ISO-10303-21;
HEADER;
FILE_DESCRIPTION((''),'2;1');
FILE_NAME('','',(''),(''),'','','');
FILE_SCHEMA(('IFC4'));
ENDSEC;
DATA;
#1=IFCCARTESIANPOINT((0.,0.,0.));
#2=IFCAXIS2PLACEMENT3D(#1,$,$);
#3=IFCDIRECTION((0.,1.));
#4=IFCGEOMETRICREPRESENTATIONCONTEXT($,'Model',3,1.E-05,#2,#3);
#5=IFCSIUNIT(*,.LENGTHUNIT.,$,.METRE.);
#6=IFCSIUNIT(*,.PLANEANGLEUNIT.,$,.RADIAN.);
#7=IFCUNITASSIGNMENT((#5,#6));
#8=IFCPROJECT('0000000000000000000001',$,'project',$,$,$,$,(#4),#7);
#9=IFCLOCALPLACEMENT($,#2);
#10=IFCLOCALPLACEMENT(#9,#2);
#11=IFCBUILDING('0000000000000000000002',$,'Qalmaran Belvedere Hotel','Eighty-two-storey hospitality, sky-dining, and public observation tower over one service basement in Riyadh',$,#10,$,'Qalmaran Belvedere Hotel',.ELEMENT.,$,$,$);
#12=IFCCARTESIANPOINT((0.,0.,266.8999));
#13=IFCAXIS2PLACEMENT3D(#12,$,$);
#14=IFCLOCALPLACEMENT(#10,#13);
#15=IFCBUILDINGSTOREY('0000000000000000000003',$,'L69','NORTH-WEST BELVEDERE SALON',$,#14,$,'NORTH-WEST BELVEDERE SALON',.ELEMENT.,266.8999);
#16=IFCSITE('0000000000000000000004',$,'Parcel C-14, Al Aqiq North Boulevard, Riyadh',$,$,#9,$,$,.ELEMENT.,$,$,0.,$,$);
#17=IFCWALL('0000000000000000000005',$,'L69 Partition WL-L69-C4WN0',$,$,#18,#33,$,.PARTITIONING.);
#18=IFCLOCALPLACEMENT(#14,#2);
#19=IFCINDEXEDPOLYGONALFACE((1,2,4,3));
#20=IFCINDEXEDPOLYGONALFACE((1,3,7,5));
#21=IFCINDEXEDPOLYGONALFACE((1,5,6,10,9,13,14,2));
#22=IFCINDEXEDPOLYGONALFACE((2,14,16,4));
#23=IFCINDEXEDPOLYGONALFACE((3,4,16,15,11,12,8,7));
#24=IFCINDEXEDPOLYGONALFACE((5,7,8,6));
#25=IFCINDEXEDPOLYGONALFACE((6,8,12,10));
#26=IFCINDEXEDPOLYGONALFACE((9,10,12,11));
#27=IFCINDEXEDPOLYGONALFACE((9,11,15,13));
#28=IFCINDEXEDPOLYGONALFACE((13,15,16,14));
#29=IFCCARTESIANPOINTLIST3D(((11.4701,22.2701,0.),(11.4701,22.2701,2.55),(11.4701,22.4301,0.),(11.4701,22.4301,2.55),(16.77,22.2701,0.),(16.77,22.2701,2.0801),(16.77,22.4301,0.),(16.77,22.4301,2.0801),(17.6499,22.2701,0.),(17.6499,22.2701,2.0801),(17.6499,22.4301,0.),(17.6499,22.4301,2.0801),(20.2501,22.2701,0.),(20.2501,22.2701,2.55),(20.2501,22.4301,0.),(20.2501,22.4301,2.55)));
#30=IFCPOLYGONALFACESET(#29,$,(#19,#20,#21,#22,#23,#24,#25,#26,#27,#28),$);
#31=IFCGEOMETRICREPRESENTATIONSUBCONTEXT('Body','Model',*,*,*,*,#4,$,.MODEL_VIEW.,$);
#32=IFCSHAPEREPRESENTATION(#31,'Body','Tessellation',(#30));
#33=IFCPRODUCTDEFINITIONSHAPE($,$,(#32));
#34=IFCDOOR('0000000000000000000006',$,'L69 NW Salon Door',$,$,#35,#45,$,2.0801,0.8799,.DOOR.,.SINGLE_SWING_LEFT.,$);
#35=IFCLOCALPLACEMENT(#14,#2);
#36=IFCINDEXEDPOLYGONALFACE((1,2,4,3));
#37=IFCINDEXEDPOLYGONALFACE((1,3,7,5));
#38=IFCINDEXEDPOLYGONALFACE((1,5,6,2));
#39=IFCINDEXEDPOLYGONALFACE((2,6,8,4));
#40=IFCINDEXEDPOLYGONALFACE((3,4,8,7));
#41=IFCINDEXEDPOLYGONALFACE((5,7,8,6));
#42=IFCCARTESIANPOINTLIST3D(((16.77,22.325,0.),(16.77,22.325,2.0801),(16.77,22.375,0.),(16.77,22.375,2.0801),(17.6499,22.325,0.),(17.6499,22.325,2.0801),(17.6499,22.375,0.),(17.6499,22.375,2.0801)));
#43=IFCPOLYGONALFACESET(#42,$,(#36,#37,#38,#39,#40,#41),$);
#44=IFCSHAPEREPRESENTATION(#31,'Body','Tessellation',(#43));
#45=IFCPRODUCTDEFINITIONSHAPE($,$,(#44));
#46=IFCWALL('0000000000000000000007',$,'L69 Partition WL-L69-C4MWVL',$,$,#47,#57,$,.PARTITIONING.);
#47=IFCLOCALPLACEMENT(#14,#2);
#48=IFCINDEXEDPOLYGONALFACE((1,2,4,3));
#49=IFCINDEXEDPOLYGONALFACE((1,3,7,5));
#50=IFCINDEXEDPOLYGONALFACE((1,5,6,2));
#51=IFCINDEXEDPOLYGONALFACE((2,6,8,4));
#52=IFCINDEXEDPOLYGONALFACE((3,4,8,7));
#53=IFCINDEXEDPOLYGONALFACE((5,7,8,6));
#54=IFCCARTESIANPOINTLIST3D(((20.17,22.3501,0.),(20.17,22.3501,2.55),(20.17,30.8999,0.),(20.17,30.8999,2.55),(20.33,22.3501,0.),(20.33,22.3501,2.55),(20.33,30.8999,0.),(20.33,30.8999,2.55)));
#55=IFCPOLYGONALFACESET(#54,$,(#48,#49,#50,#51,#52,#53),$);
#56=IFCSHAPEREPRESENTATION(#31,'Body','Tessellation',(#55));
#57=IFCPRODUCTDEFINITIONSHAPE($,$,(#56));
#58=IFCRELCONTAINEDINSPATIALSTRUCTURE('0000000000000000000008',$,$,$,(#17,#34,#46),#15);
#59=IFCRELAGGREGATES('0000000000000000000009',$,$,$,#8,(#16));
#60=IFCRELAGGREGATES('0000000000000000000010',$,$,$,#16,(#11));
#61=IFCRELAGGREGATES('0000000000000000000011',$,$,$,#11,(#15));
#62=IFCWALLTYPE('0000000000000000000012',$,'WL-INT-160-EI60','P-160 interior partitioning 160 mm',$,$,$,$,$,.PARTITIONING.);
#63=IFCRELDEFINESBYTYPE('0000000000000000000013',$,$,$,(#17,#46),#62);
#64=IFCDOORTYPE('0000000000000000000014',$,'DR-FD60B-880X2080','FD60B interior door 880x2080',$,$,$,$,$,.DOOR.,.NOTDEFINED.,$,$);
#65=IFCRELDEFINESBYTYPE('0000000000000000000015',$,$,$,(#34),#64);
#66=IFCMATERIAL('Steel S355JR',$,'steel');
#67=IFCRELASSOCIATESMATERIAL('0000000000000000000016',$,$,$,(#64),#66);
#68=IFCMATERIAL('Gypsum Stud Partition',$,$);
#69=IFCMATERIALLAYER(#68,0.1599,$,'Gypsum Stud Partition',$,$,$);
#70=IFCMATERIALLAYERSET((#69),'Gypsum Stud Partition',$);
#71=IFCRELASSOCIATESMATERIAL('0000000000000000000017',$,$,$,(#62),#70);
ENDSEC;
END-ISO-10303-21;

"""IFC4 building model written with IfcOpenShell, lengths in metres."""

from ifc_helpers import new_model, si_unit, direction, frame, frame_2d, origin, place, context, subcontext, project, spatial, rectangle, extrude, material, layer, layer_set, type_object, element, fill, save


model = new_model("IFC4")

# Units and contexts
model_context = context("Model", 3, precision=1e-05, world=origin(), true_north=direction((0.0, 1.0)))
body_context = subcontext(model_context, "Body", "Model", "MODEL_VIEW")
ifc_project = project(units=[si_unit("LENGTHUNIT", "METRE"), si_unit("PLANEANGLEUNIT", "RADIAN")], contexts=[model_context])

# Site, building, storey
site_placement = place(None, origin())
site = spatial("IfcSite", under=ifc_project, at=site_placement, Name="Parcel C-14, Al Aqiq North Boulevard, Riyadh", CompositionType="ELEMENT", RefElevation=0.0)
building_placement = place(site_placement, origin())
building = spatial("IfcBuilding", under=site, at=building_placement, Name="Qalmaran Belvedere Hotel", Description="Eighty-two-storey hospitality, sky-dining, and public observation tower over one service basement in Riyadh", LongName="Qalmaran Belvedere Hotel", CompositionType="ELEMENT")
storey_placement = place(building_placement, frame((0.0, 0.0, 266.8999)))
storey = spatial("IfcBuildingStorey", under=building, at=storey_placement, Name="L69", Description="NORTH-WEST BELVEDERE SALON", LongName="NORTH-WEST BELVEDERE SALON", CompositionType="ELEMENT", Elevation=266.8999)

# Shared definitions
ifc_material_1 = material(Name="Steel S355JR", Category="steel")

# Shared definitions
ifc_material_2 = material(Name="Gypsum Stud Partition")
door_type_1 = type_object("IfcDoorType", Name="DR-FD60B-880X2080", Description="FD60B interior door 880x2080", OperationType="NOTDEFINED", PredefinedType="DOOR", material=ifc_material_1)

# Shared definitions
ifc_layer_1 = layer(ifc_material_2, 0.1599, Name="Gypsum Stud Partition")
ifc_layer_set_1 = layer_set([ifc_layer_1], Name="Gypsum Stud Partition")
wall_type_1 = type_object("IfcWallType", Name="WL-INT-160-EI60", Description="P-160 interior partitioning 160 mm", PredefinedType="PARTITIONING", material=ifc_layer_set_1)

# Wall, opening, door
wall_1_placement = place(storey_placement, frame((11.47, 22.3501, 0.0), z_axis=(0.0, 0.0, 1.0), x_axis=(1.0, 0.0, 0.0)))
wall_1 = element("IfcWall", 1, at=wall_1_placement, inside=storey, type_object=wall_type_1, Name="L69 Partition WL-L69-C4WN0", PredefinedType="PARTITIONING", context=body_context, shape_type="SweptSolid", body=[
    extrude(rectangle(XDim=8.78, YDim=0.1599, at=frame_2d((4.3901, 0.0))), origin(), (0.0, 0.0, 1.0), 2.55),
])
opening_1_placement = place(wall_1_placement, frame((5.3, 0.0, 0.0)))
opening_1 = element("IfcOpeningElement", 2, at=opening_1_placement, cuts=wall_1, PredefinedType="OPENING", context=body_context, shape_type="SweptSolid", body=[
    extrude(rectangle(XDim=0.8799, YDim=2.0801, at=frame_2d((0.4399, 1.04))), frame((0.0, 0.0898, 0.0), z_axis=(0.0, -1.0, 0.0), x_axis=(1.0, 0.0, 0.0)), (0.0, 0.0, 1.0), 0.1799),
])
door_1_placement = place(opening_1_placement, origin())
door_1 = element("IfcDoor", 3, at=door_1_placement, inside=storey, type_object=door_type_1, Name="L69 NW Salon Door", OperationType="SINGLE_SWING_LEFT", OverallHeight=2.0801, OverallWidth=0.8799, PredefinedType="DOOR", context=body_context, shape_type="SweptSolid", body=[
    extrude(rectangle(XDim=0.8799, YDim=2.0801, at=frame_2d((0.4399, 1.04))), frame((0.0, 0.0249, 0.0), z_axis=(0.0, -1.0, 0.0), x_axis=(1.0, 0.0, 0.0)), (0.0, 0.0, 1.0), 0.05),
])
fill(opening_1, door_1)

# Wall
wall_2_placement = place(storey_placement, frame((20.25, 22.3501, 0.0), z_axis=(0.0, 0.0, 1.0), x_axis=(0.0, 1.0, 0.0)))
element("IfcWall", 4, at=wall_2_placement, inside=storey, type_object=wall_type_1, Name="L69 Partition WL-L69-C4MWVL", PredefinedType="PARTITIONING", context=body_context, shape_type="SweptSolid", body=[
    extrude(rectangle(XDim=8.5498, YDim=0.1599, at=frame_2d((4.2749, 0.0))), origin(), (0.0, 0.0, 1.0), 2.55),
])

save(model, "model.ifc")
